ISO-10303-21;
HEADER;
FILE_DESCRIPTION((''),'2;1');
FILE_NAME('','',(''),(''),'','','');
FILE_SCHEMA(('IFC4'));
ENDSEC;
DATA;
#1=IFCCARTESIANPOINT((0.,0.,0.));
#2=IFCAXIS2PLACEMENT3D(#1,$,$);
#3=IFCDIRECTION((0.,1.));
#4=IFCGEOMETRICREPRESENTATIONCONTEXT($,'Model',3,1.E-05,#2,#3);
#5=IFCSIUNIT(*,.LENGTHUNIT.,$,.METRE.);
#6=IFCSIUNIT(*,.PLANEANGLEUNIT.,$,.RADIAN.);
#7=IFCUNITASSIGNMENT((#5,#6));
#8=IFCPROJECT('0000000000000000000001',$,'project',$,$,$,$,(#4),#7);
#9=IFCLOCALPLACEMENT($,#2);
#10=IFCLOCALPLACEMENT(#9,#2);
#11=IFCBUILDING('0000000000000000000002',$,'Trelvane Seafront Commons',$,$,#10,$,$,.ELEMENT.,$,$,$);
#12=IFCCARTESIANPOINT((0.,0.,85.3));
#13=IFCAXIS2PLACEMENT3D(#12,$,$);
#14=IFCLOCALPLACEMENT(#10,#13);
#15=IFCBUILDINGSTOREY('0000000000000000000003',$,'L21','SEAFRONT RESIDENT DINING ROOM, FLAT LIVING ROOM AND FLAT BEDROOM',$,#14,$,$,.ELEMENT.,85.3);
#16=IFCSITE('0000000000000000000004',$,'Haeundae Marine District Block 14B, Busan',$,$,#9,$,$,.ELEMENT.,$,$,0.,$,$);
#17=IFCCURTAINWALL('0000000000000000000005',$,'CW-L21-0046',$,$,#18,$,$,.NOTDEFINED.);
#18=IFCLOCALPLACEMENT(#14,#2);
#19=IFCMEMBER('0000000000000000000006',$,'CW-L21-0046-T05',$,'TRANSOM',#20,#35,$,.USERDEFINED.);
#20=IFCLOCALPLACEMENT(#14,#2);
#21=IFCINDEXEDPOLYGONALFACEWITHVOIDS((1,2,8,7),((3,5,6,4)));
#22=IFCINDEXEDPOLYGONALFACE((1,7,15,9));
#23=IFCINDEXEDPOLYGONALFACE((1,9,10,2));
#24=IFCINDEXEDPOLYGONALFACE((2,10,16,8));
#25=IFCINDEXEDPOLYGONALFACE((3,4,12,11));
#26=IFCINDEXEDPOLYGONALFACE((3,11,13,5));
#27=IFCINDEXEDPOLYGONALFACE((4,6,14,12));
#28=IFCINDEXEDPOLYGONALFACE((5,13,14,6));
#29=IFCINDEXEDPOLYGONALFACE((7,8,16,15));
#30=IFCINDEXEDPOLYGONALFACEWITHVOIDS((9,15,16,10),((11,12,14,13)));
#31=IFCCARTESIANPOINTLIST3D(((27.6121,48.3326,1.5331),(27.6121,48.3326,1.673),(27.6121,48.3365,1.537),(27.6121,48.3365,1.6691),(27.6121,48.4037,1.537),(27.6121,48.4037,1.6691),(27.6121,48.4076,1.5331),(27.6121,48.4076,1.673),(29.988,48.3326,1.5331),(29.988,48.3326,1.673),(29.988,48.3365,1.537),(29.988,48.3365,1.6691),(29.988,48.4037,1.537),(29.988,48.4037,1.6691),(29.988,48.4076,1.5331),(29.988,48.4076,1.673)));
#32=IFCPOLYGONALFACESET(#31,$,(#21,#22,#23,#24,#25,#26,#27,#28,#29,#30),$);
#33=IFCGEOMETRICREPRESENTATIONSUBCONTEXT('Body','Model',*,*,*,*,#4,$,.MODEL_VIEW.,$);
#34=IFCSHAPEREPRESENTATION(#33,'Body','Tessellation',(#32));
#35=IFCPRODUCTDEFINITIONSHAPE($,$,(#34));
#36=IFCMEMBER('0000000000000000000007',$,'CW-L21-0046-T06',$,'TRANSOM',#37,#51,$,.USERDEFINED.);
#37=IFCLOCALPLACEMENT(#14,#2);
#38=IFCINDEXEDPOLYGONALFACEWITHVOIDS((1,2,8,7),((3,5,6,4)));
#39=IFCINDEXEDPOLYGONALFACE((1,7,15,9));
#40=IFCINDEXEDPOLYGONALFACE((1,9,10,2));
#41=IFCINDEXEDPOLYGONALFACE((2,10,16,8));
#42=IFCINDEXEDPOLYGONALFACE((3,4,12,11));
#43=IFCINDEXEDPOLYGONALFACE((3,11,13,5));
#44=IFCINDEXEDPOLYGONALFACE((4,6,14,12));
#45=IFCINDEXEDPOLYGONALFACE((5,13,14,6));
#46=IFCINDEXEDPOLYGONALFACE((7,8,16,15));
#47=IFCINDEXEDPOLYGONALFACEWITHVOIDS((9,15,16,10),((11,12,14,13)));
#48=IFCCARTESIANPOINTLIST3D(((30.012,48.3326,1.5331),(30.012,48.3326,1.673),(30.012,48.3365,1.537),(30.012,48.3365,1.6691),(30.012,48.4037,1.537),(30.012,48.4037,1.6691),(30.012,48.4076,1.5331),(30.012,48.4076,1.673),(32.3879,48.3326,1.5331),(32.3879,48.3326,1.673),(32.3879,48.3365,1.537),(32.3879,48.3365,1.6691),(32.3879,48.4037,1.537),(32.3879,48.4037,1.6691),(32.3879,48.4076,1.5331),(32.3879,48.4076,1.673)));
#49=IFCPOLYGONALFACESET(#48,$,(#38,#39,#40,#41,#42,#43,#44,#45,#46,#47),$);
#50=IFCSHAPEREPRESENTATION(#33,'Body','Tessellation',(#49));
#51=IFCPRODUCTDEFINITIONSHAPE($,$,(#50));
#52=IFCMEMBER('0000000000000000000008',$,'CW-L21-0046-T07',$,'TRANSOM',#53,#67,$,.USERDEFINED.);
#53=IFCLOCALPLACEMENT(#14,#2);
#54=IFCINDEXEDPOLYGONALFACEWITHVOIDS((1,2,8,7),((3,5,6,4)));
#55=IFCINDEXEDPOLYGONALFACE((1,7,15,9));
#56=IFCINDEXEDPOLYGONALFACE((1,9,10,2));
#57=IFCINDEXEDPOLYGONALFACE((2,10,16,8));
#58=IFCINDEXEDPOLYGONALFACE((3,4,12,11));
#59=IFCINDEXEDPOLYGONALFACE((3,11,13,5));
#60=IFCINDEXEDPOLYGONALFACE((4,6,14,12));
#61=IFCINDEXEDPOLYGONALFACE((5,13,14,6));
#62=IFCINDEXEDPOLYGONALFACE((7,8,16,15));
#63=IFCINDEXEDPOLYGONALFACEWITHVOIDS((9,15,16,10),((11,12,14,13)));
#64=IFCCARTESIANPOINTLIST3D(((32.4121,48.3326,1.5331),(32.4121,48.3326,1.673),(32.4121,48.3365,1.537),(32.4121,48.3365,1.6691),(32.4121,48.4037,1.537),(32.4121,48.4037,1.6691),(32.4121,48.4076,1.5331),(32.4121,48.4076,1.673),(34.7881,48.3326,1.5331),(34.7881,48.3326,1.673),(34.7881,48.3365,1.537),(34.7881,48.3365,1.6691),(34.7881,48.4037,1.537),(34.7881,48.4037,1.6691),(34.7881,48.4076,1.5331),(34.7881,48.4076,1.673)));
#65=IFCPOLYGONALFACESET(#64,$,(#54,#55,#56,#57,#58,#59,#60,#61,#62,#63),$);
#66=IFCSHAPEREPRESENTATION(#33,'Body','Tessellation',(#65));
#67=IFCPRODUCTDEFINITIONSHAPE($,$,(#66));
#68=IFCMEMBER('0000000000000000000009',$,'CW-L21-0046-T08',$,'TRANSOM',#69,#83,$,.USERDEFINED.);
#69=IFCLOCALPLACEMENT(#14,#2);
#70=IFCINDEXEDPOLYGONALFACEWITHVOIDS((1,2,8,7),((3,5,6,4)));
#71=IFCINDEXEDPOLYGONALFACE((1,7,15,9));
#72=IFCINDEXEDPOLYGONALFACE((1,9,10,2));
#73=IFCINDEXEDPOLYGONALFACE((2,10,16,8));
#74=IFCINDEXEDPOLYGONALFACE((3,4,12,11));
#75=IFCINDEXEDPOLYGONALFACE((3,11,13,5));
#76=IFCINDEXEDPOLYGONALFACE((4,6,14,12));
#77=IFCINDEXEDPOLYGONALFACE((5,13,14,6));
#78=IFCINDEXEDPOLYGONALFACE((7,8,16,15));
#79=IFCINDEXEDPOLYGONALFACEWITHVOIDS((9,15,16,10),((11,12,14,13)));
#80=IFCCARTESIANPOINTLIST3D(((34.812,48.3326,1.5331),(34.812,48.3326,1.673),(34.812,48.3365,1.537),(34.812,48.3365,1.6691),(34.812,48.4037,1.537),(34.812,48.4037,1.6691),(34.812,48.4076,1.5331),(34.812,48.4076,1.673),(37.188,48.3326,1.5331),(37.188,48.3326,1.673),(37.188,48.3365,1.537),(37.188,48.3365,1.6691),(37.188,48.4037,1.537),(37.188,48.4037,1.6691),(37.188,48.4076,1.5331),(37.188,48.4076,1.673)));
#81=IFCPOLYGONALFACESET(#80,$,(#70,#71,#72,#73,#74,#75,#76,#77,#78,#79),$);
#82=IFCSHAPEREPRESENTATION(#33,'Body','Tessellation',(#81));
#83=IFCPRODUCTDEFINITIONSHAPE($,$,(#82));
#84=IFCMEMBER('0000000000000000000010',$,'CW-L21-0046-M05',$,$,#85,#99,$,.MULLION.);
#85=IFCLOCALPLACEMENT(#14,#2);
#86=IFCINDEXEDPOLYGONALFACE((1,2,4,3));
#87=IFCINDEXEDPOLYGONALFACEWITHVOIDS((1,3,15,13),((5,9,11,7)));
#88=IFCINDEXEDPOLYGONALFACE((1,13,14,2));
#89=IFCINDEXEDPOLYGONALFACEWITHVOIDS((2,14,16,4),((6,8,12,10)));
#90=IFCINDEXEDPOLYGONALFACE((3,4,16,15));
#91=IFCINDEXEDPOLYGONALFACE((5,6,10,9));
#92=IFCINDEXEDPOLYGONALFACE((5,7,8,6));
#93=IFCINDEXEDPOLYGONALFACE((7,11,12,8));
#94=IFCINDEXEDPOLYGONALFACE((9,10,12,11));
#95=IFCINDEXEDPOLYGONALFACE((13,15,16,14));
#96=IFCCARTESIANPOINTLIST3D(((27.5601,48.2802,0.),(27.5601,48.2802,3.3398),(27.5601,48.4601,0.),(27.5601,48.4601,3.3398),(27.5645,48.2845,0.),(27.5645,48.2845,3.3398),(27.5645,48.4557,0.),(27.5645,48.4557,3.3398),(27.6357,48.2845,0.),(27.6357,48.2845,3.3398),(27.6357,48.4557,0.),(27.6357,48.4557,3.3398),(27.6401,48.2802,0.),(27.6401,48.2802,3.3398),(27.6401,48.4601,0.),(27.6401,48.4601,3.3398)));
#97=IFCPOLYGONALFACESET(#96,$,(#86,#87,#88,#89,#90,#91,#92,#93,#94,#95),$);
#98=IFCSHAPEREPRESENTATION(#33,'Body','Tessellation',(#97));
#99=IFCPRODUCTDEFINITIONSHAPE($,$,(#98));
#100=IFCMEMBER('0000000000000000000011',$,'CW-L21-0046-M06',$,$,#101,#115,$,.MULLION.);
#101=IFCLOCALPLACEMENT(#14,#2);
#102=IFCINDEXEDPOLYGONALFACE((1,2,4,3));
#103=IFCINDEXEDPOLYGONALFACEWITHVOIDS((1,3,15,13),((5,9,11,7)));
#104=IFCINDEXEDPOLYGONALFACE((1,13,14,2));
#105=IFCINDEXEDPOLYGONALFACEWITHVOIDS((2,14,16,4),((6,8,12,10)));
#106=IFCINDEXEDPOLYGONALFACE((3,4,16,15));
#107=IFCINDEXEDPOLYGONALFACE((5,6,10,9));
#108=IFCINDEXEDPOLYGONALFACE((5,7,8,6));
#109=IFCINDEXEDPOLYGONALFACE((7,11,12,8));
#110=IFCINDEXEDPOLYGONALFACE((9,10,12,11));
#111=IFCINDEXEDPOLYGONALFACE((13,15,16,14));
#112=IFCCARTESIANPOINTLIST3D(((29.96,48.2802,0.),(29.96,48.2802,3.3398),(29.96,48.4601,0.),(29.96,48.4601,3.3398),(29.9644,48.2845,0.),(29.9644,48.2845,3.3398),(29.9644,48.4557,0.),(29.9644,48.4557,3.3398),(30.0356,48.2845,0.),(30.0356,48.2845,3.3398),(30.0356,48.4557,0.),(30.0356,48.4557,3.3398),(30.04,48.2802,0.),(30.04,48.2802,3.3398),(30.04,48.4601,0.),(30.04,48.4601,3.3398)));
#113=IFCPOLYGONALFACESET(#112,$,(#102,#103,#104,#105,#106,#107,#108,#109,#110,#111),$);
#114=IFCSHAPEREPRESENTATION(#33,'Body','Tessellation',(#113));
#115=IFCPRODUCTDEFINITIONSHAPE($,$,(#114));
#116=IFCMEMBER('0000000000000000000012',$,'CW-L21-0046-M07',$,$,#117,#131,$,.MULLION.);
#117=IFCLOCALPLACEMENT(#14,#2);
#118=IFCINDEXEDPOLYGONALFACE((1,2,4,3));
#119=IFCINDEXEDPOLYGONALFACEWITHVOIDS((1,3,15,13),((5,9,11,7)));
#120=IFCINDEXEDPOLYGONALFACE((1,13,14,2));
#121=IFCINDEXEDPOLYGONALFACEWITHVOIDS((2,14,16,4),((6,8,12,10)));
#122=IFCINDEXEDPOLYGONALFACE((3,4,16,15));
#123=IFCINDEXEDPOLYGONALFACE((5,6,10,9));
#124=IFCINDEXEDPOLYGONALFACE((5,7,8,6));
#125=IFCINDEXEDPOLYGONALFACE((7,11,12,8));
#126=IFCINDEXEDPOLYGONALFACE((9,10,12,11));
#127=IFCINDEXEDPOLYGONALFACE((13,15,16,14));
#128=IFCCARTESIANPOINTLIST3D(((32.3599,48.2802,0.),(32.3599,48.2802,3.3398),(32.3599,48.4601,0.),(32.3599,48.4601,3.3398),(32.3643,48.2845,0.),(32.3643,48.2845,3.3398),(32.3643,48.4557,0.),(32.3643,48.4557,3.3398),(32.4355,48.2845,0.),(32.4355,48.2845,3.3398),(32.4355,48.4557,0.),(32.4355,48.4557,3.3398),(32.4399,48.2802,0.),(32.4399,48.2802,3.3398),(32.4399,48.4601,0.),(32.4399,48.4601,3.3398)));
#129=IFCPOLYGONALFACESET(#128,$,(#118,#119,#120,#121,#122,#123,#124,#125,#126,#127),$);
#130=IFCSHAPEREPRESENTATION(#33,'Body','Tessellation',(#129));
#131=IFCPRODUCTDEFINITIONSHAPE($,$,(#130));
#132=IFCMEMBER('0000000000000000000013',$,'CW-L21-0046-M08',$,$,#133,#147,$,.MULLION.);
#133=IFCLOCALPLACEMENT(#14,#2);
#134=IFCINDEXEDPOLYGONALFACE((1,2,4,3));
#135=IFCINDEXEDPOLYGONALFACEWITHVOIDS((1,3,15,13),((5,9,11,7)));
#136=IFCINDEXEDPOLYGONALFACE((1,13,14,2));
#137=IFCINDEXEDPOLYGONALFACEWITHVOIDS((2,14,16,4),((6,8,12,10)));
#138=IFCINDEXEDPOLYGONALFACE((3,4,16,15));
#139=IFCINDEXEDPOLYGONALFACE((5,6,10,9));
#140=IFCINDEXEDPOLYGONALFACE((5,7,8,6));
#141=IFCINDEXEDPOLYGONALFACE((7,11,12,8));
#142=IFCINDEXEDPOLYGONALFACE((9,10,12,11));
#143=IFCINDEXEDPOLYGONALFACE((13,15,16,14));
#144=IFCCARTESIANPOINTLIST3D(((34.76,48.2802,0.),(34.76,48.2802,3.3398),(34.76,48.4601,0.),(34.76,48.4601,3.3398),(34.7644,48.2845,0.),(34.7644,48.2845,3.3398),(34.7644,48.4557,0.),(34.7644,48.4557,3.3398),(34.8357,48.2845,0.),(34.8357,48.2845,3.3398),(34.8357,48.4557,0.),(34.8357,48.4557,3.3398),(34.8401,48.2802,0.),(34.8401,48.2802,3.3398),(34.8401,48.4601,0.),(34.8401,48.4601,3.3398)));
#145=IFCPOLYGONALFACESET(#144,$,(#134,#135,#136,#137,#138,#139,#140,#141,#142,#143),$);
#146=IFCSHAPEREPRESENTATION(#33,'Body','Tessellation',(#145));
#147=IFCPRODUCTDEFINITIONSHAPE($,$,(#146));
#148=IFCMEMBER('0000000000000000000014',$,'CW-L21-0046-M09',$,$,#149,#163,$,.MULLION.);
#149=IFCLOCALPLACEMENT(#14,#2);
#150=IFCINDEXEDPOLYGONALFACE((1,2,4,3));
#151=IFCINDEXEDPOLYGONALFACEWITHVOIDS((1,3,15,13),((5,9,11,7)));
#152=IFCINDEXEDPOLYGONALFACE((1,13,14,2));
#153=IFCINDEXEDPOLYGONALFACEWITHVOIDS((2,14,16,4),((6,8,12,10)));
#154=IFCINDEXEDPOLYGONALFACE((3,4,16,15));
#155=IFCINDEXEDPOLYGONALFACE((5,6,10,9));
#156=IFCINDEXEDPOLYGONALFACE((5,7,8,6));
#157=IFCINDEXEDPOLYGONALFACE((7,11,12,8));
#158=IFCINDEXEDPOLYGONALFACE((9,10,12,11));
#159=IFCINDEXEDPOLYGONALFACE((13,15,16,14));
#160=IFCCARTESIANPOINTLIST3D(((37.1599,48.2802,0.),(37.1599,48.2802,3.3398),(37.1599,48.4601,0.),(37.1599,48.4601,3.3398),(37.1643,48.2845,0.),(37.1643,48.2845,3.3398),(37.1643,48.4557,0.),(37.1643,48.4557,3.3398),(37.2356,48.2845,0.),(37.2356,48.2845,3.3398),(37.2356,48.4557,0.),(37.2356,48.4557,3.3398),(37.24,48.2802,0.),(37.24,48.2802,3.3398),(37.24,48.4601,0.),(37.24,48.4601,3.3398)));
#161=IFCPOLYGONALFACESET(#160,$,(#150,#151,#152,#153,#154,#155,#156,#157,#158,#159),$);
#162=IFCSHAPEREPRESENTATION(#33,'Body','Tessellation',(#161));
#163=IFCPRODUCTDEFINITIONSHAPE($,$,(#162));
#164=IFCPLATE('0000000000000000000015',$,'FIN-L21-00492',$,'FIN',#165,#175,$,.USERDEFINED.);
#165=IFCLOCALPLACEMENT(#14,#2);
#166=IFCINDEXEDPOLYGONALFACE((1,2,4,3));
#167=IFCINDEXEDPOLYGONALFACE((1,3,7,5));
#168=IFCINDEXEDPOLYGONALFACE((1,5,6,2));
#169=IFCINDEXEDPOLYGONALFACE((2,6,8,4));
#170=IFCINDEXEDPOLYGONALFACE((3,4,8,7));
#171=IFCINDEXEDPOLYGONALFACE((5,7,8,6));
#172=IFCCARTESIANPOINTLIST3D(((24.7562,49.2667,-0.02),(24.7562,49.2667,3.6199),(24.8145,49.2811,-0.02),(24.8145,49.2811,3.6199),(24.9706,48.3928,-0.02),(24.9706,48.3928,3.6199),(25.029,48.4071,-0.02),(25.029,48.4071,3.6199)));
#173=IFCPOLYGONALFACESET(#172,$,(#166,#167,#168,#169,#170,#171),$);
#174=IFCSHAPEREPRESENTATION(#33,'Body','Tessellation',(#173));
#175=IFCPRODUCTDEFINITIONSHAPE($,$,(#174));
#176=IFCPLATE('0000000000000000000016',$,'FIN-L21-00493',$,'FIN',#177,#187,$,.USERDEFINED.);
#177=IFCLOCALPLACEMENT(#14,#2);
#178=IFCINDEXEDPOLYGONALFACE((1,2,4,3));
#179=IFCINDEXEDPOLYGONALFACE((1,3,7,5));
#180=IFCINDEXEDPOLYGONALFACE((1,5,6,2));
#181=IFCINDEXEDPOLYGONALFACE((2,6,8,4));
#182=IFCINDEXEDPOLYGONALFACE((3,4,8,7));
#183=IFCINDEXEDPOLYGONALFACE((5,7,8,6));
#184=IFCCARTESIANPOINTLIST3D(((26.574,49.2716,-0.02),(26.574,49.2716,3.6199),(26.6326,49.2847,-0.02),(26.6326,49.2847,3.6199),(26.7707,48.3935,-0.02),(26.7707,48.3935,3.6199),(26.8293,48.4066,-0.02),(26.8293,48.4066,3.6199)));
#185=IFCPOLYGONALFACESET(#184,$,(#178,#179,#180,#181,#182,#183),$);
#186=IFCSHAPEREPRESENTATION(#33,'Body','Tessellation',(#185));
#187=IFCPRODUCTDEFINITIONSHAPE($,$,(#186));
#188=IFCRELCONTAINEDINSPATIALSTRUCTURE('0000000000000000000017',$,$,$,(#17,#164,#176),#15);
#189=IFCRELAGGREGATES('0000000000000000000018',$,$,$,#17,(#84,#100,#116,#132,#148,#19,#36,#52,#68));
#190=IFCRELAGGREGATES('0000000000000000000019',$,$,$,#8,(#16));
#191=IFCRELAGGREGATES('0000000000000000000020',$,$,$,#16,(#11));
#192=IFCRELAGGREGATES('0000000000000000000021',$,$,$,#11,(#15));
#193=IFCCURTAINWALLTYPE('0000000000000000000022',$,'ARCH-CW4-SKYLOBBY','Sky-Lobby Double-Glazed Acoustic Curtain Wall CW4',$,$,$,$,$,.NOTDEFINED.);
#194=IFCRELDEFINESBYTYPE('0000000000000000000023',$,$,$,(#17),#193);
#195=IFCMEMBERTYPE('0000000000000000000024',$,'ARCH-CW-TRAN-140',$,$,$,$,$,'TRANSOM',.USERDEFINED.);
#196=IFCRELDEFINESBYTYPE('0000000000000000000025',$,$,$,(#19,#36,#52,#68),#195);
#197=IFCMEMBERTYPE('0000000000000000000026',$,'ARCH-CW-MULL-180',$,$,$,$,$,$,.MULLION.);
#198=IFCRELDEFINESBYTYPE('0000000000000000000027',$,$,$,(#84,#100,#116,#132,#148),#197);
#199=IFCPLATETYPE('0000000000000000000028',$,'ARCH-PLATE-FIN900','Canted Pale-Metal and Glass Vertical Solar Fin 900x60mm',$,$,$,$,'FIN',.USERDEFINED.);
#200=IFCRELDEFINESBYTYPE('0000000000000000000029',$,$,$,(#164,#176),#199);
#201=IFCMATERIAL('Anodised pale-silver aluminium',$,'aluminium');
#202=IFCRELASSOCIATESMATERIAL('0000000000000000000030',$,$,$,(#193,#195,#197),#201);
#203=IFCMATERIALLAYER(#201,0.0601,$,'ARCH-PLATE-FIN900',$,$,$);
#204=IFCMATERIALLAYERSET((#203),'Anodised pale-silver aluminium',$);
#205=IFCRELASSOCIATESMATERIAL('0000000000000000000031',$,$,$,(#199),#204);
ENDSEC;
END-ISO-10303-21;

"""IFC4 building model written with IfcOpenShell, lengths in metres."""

from ifc_helpers import new_model, si_unit, direction, frame, origin, origin_2d, place, context, subcontext, project, spatial, rectangle, hollow_rectangle, extrude, source, transform, mapped, material, layer, layer_set, material_profile, profile_set, type_object, element, aggregate, save


model = new_model("IFC4")

# Units and contexts
model_context = context("Model", 3, precision=1e-05, world=origin(), true_north=direction((0.0, 1.0)))
body_context = subcontext(model_context, "Body", "Model", "MODEL_VIEW")
ifc_project = project(units=[si_unit("LENGTHUNIT", "METRE"), si_unit("PLANEANGLEUNIT", "RADIAN")], contexts=[model_context])

# Site, building, storey
site_placement = place(None, origin())
site = spatial("IfcSite", under=ifc_project, at=site_placement, Name="Haeundae Marine District Block 14B, Busan", CompositionType="ELEMENT", RefElevation=0.0)
building_placement = place(site_placement, origin())
building = spatial("IfcBuilding", under=site, at=building_placement, Name="Trelvane Seafront Commons", CompositionType="ELEMENT")
storey_placement = place(building_placement, frame((0.0, 0.0, 85.3)))
storey = spatial("IfcBuildingStorey", under=building, at=storey_placement, Name="L21", Description="SEAFRONT RESIDENT DINING ROOM, FLAT LIVING ROOM AND FLAT BEDROOM", CompositionType="ELEMENT", Elevation=85.3)

# Curtain wall, members
ifc_material_1 = material(Name="Anodised pale-silver aluminium", Category="aluminium")
curtain_wall_type = type_object("IfcCurtainWallType", Name="ARCH-CW4-SKYLOBBY", Description="Sky-Lobby Double-Glazed Acoustic Curtain Wall CW4", PredefinedType="NOTDEFINED", material=ifc_material_1)
curtain_wall_placement = place(storey_placement, origin())
curtain_wall = element("IfcCurtainWall", 1, at=curtain_wall_placement, inside=storey, type_object=curtain_wall_type, Name="CW-L21-0046", PredefinedType="NOTDEFINED")
ifc_material_profile_1 = material_profile(ifc_material_1, hollow_rectangle(XDim=0.075, YDim=0.1399, WallThickness=0.0039, at=origin_2d()), Name="TRAN-75x140x4")
ifc_profile_set_1 = profile_set([ifc_material_profile_1], Name="Anodised pale-silver aluminium")
member_type_1 = type_object("IfcMemberType", Name="ARCH-CW-TRAN-140", ElementType="TRANSOM", PredefinedType="USERDEFINED", material=ifc_profile_set_1)
shared_shape_1 = source(origin(), body_context, "Body", "SweptSolid", [
    extrude(hollow_rectangle(XDim=0.075, YDim=0.1399, WallThickness=0.0039, at=origin_2d()), origin(), (0.0, 0.0, 1.0), 2.376),
])
member_1_placement = place(storey_placement, frame((27.6121, 48.3701, 1.603), z_axis=(1.0, 0.0, 0.0), x_axis=(0.0, 1.0, 0.0)))
member_1 = element("IfcMember", 2, at=member_1_placement, type_object=member_type_1, Name="CW-L21-0046-T05", ObjectType="TRANSOM", PredefinedType="USERDEFINED", context=body_context, shape_type="MappedRepresentation", body=[
    mapped(shared_shape_1, transform((0.0, 0.0, 0.0), x_axis=(1.0, 0.0, 0.0), y_axis=(0.0, 1.0, 0.0), z_axis=(0.0, 0.0, 1.0), scale=1.0)),
])
member_2_placement = place(storey_placement, frame((30.012, 48.3701, 1.603), z_axis=(1.0, 0.0, 0.0), x_axis=(0.0, 1.0, 0.0)))
member_2 = element("IfcMember", 3, at=member_2_placement, type_object=member_type_1, Name="CW-L21-0046-T06", ObjectType="TRANSOM", PredefinedType="USERDEFINED", context=body_context, shape_type="MappedRepresentation", body=[
    mapped(shared_shape_1, transform((0.0, 0.0, 0.0), x_axis=(1.0, 0.0, 0.0), y_axis=(0.0, 1.0, 0.0), z_axis=(0.0, 0.0, 1.0), scale=1.0)),
])
member_3_placement = place(storey_placement, frame((32.4121, 48.3701, 1.603), z_axis=(1.0, 0.0, 0.0), x_axis=(0.0, 1.0, 0.0)))
member_3 = element("IfcMember", 4, at=member_3_placement, type_object=member_type_1, Name="CW-L21-0046-T07", ObjectType="TRANSOM", PredefinedType="USERDEFINED", context=body_context, shape_type="MappedRepresentation", body=[
    mapped(shared_shape_1, transform((0.0, 0.0, 0.0), x_axis=(1.0, 0.0, 0.0), y_axis=(0.0, 1.0, 0.0), z_axis=(0.0, 0.0, 1.0), scale=1.0)),
])
member_4_placement = place(storey_placement, frame((34.812, 48.3701, 1.603), z_axis=(1.0, 0.0, 0.0), x_axis=(0.0, 1.0, 0.0)))
member_4 = element("IfcMember", 5, at=member_4_placement, type_object=member_type_1, Name="CW-L21-0046-T08", ObjectType="TRANSOM", PredefinedType="USERDEFINED", context=body_context, shape_type="MappedRepresentation", body=[
    mapped(shared_shape_1, transform((0.0, 0.0, 0.0), x_axis=(1.0, 0.0, 0.0), y_axis=(0.0, 1.0, 0.0), z_axis=(0.0, 0.0, 1.0), scale=1.0)),
])
ifc_material_profile_2 = material_profile(ifc_material_1, hollow_rectangle(XDim=0.0801, YDim=0.1799, WallThickness=0.0044, at=origin_2d()), Name="MULL-80x180x4.5")
ifc_profile_set_2 = profile_set([ifc_material_profile_2], Name="Anodised pale-silver aluminium")
member_type_2 = type_object("IfcMemberType", Name="ARCH-CW-MULL-180", PredefinedType="MULLION", material=ifc_profile_set_2)
shared_shape_2 = source(origin(), body_context, "Body", "SweptSolid", [
    extrude(hollow_rectangle(XDim=0.0801, YDim=0.1799, WallThickness=0.0044, at=origin_2d()), origin(), (0.0, 0.0, 1.0), 3.3398),
])
member_5_placement = place(storey_placement, frame((27.6001, 48.3701, 0.0), z_axis=(0.0, 0.0, 1.0), x_axis=(1.0, 0.0, 0.0)))
member_5 = element("IfcMember", 6, at=member_5_placement, type_object=member_type_2, Name="CW-L21-0046-M05", PredefinedType="MULLION", context=body_context, shape_type="MappedRepresentation", body=[
    mapped(shared_shape_2, transform((0.0, 0.0, 0.0), x_axis=(1.0, 0.0, 0.0), y_axis=(0.0, 1.0, 0.0), z_axis=(0.0, 0.0, 1.0), scale=1.0)),
])
member_6_placement = place(storey_placement, frame((30.0, 48.3701, 0.0), z_axis=(0.0, 0.0, 1.0), x_axis=(1.0, 0.0, 0.0)))
member_6 = element("IfcMember", 7, at=member_6_placement, type_object=member_type_2, Name="CW-L21-0046-M06", PredefinedType="MULLION", context=body_context, shape_type="MappedRepresentation", body=[
    mapped(shared_shape_2, transform((0.0, 0.0, 0.0), x_axis=(1.0, 0.0, 0.0), y_axis=(0.0, 1.0, 0.0), z_axis=(0.0, 0.0, 1.0), scale=1.0)),
])
member_7_placement = place(storey_placement, frame((32.3999, 48.3701, 0.0), z_axis=(0.0, 0.0, 1.0), x_axis=(1.0, 0.0, 0.0)))
member_7 = element("IfcMember", 8, at=member_7_placement, type_object=member_type_2, Name="CW-L21-0046-M07", PredefinedType="MULLION", context=body_context, shape_type="MappedRepresentation", body=[
    mapped(shared_shape_2, transform((0.0, 0.0, 0.0), x_axis=(1.0, 0.0, 0.0), y_axis=(0.0, 1.0, 0.0), z_axis=(0.0, 0.0, 1.0), scale=1.0)),
])
member_8_placement = place(storey_placement, frame((34.8, 48.3701, 0.0), z_axis=(0.0, 0.0, 1.0), x_axis=(1.0, 0.0, 0.0)))
member_8 = element("IfcMember", 9, at=member_8_placement, type_object=member_type_2, Name="CW-L21-0046-M08", PredefinedType="MULLION", context=body_context, shape_type="MappedRepresentation", body=[
    mapped(shared_shape_2, transform((0.0, 0.0, 0.0), x_axis=(1.0, 0.0, 0.0), y_axis=(0.0, 1.0, 0.0), z_axis=(0.0, 0.0, 1.0), scale=1.0)),
])
member_9_placement = place(storey_placement, frame((37.2, 48.3701, 0.0), z_axis=(0.0, 0.0, 1.0), x_axis=(1.0, 0.0, 0.0)))
member_9 = element("IfcMember", 10, at=member_9_placement, type_object=member_type_2, Name="CW-L21-0046-M09", PredefinedType="MULLION", context=body_context, shape_type="MappedRepresentation", body=[
    mapped(shared_shape_2, transform((0.0, 0.0, 0.0), x_axis=(1.0, 0.0, 0.0), y_axis=(0.0, 1.0, 0.0), z_axis=(0.0, 0.0, 1.0), scale=1.0)),
])

# Plates
ifc_layer_1 = layer(ifc_material_1, 0.0601, Name="ARCH-PLATE-FIN900")
ifc_layer_set_1 = layer_set([ifc_layer_1], Name="Anodised pale-silver aluminium")
plate_type_1 = type_object("IfcPlateType", Name="ARCH-PLATE-FIN900", Description="Canted Pale-Metal and Glass Vertical Solar Fin 900x60mm", ElementType="FIN", PredefinedType="USERDEFINED", material=ifc_layer_set_1)
shared_shape_3 = source(origin(), body_context, "Body", "SweptSolid", [
    extrude(rectangle(XDim=0.8999, YDim=0.0601, at=origin_2d()), origin(), (0.0, 0.0, 1.0), 3.6399),
])
for number, where, z_axis, x_axis, name in (
    (11, (24.8926, 48.8369, -0.02), (0.0, 0.0, 1.0), (-0.238325, 0.971185, 0.0), "FIN-L21-00492"),
    (12, (26.7017, 48.8391, -0.02), (0.0, 0.0, 1.0), (-0.218566, 0.975822, 0.0), "FIN-L21-00493"),
):
    element("IfcPlate", number, at=place(storey_placement, frame(where, z_axis=z_axis, x_axis=x_axis)), inside=storey, type_object=plate_type_1, Name=name, ObjectType="FIN", PredefinedType="USERDEFINED", context=body_context, shape_type="MappedRepresentation", body=[
        mapped(shared_shape_3, transform((0.0, 0.0, 0.0), x_axis=(1.0, 0.0, 0.0), y_axis=(0.0, 1.0, 0.0), z_axis=(0.0, 0.0, 1.0), scale=1.0)),
    ])

aggregate(curtain_wall, [member_5, member_6, member_7, member_8, member_9, member_1, member_2, member_3, member_4])

save(model, "model.ifc")
